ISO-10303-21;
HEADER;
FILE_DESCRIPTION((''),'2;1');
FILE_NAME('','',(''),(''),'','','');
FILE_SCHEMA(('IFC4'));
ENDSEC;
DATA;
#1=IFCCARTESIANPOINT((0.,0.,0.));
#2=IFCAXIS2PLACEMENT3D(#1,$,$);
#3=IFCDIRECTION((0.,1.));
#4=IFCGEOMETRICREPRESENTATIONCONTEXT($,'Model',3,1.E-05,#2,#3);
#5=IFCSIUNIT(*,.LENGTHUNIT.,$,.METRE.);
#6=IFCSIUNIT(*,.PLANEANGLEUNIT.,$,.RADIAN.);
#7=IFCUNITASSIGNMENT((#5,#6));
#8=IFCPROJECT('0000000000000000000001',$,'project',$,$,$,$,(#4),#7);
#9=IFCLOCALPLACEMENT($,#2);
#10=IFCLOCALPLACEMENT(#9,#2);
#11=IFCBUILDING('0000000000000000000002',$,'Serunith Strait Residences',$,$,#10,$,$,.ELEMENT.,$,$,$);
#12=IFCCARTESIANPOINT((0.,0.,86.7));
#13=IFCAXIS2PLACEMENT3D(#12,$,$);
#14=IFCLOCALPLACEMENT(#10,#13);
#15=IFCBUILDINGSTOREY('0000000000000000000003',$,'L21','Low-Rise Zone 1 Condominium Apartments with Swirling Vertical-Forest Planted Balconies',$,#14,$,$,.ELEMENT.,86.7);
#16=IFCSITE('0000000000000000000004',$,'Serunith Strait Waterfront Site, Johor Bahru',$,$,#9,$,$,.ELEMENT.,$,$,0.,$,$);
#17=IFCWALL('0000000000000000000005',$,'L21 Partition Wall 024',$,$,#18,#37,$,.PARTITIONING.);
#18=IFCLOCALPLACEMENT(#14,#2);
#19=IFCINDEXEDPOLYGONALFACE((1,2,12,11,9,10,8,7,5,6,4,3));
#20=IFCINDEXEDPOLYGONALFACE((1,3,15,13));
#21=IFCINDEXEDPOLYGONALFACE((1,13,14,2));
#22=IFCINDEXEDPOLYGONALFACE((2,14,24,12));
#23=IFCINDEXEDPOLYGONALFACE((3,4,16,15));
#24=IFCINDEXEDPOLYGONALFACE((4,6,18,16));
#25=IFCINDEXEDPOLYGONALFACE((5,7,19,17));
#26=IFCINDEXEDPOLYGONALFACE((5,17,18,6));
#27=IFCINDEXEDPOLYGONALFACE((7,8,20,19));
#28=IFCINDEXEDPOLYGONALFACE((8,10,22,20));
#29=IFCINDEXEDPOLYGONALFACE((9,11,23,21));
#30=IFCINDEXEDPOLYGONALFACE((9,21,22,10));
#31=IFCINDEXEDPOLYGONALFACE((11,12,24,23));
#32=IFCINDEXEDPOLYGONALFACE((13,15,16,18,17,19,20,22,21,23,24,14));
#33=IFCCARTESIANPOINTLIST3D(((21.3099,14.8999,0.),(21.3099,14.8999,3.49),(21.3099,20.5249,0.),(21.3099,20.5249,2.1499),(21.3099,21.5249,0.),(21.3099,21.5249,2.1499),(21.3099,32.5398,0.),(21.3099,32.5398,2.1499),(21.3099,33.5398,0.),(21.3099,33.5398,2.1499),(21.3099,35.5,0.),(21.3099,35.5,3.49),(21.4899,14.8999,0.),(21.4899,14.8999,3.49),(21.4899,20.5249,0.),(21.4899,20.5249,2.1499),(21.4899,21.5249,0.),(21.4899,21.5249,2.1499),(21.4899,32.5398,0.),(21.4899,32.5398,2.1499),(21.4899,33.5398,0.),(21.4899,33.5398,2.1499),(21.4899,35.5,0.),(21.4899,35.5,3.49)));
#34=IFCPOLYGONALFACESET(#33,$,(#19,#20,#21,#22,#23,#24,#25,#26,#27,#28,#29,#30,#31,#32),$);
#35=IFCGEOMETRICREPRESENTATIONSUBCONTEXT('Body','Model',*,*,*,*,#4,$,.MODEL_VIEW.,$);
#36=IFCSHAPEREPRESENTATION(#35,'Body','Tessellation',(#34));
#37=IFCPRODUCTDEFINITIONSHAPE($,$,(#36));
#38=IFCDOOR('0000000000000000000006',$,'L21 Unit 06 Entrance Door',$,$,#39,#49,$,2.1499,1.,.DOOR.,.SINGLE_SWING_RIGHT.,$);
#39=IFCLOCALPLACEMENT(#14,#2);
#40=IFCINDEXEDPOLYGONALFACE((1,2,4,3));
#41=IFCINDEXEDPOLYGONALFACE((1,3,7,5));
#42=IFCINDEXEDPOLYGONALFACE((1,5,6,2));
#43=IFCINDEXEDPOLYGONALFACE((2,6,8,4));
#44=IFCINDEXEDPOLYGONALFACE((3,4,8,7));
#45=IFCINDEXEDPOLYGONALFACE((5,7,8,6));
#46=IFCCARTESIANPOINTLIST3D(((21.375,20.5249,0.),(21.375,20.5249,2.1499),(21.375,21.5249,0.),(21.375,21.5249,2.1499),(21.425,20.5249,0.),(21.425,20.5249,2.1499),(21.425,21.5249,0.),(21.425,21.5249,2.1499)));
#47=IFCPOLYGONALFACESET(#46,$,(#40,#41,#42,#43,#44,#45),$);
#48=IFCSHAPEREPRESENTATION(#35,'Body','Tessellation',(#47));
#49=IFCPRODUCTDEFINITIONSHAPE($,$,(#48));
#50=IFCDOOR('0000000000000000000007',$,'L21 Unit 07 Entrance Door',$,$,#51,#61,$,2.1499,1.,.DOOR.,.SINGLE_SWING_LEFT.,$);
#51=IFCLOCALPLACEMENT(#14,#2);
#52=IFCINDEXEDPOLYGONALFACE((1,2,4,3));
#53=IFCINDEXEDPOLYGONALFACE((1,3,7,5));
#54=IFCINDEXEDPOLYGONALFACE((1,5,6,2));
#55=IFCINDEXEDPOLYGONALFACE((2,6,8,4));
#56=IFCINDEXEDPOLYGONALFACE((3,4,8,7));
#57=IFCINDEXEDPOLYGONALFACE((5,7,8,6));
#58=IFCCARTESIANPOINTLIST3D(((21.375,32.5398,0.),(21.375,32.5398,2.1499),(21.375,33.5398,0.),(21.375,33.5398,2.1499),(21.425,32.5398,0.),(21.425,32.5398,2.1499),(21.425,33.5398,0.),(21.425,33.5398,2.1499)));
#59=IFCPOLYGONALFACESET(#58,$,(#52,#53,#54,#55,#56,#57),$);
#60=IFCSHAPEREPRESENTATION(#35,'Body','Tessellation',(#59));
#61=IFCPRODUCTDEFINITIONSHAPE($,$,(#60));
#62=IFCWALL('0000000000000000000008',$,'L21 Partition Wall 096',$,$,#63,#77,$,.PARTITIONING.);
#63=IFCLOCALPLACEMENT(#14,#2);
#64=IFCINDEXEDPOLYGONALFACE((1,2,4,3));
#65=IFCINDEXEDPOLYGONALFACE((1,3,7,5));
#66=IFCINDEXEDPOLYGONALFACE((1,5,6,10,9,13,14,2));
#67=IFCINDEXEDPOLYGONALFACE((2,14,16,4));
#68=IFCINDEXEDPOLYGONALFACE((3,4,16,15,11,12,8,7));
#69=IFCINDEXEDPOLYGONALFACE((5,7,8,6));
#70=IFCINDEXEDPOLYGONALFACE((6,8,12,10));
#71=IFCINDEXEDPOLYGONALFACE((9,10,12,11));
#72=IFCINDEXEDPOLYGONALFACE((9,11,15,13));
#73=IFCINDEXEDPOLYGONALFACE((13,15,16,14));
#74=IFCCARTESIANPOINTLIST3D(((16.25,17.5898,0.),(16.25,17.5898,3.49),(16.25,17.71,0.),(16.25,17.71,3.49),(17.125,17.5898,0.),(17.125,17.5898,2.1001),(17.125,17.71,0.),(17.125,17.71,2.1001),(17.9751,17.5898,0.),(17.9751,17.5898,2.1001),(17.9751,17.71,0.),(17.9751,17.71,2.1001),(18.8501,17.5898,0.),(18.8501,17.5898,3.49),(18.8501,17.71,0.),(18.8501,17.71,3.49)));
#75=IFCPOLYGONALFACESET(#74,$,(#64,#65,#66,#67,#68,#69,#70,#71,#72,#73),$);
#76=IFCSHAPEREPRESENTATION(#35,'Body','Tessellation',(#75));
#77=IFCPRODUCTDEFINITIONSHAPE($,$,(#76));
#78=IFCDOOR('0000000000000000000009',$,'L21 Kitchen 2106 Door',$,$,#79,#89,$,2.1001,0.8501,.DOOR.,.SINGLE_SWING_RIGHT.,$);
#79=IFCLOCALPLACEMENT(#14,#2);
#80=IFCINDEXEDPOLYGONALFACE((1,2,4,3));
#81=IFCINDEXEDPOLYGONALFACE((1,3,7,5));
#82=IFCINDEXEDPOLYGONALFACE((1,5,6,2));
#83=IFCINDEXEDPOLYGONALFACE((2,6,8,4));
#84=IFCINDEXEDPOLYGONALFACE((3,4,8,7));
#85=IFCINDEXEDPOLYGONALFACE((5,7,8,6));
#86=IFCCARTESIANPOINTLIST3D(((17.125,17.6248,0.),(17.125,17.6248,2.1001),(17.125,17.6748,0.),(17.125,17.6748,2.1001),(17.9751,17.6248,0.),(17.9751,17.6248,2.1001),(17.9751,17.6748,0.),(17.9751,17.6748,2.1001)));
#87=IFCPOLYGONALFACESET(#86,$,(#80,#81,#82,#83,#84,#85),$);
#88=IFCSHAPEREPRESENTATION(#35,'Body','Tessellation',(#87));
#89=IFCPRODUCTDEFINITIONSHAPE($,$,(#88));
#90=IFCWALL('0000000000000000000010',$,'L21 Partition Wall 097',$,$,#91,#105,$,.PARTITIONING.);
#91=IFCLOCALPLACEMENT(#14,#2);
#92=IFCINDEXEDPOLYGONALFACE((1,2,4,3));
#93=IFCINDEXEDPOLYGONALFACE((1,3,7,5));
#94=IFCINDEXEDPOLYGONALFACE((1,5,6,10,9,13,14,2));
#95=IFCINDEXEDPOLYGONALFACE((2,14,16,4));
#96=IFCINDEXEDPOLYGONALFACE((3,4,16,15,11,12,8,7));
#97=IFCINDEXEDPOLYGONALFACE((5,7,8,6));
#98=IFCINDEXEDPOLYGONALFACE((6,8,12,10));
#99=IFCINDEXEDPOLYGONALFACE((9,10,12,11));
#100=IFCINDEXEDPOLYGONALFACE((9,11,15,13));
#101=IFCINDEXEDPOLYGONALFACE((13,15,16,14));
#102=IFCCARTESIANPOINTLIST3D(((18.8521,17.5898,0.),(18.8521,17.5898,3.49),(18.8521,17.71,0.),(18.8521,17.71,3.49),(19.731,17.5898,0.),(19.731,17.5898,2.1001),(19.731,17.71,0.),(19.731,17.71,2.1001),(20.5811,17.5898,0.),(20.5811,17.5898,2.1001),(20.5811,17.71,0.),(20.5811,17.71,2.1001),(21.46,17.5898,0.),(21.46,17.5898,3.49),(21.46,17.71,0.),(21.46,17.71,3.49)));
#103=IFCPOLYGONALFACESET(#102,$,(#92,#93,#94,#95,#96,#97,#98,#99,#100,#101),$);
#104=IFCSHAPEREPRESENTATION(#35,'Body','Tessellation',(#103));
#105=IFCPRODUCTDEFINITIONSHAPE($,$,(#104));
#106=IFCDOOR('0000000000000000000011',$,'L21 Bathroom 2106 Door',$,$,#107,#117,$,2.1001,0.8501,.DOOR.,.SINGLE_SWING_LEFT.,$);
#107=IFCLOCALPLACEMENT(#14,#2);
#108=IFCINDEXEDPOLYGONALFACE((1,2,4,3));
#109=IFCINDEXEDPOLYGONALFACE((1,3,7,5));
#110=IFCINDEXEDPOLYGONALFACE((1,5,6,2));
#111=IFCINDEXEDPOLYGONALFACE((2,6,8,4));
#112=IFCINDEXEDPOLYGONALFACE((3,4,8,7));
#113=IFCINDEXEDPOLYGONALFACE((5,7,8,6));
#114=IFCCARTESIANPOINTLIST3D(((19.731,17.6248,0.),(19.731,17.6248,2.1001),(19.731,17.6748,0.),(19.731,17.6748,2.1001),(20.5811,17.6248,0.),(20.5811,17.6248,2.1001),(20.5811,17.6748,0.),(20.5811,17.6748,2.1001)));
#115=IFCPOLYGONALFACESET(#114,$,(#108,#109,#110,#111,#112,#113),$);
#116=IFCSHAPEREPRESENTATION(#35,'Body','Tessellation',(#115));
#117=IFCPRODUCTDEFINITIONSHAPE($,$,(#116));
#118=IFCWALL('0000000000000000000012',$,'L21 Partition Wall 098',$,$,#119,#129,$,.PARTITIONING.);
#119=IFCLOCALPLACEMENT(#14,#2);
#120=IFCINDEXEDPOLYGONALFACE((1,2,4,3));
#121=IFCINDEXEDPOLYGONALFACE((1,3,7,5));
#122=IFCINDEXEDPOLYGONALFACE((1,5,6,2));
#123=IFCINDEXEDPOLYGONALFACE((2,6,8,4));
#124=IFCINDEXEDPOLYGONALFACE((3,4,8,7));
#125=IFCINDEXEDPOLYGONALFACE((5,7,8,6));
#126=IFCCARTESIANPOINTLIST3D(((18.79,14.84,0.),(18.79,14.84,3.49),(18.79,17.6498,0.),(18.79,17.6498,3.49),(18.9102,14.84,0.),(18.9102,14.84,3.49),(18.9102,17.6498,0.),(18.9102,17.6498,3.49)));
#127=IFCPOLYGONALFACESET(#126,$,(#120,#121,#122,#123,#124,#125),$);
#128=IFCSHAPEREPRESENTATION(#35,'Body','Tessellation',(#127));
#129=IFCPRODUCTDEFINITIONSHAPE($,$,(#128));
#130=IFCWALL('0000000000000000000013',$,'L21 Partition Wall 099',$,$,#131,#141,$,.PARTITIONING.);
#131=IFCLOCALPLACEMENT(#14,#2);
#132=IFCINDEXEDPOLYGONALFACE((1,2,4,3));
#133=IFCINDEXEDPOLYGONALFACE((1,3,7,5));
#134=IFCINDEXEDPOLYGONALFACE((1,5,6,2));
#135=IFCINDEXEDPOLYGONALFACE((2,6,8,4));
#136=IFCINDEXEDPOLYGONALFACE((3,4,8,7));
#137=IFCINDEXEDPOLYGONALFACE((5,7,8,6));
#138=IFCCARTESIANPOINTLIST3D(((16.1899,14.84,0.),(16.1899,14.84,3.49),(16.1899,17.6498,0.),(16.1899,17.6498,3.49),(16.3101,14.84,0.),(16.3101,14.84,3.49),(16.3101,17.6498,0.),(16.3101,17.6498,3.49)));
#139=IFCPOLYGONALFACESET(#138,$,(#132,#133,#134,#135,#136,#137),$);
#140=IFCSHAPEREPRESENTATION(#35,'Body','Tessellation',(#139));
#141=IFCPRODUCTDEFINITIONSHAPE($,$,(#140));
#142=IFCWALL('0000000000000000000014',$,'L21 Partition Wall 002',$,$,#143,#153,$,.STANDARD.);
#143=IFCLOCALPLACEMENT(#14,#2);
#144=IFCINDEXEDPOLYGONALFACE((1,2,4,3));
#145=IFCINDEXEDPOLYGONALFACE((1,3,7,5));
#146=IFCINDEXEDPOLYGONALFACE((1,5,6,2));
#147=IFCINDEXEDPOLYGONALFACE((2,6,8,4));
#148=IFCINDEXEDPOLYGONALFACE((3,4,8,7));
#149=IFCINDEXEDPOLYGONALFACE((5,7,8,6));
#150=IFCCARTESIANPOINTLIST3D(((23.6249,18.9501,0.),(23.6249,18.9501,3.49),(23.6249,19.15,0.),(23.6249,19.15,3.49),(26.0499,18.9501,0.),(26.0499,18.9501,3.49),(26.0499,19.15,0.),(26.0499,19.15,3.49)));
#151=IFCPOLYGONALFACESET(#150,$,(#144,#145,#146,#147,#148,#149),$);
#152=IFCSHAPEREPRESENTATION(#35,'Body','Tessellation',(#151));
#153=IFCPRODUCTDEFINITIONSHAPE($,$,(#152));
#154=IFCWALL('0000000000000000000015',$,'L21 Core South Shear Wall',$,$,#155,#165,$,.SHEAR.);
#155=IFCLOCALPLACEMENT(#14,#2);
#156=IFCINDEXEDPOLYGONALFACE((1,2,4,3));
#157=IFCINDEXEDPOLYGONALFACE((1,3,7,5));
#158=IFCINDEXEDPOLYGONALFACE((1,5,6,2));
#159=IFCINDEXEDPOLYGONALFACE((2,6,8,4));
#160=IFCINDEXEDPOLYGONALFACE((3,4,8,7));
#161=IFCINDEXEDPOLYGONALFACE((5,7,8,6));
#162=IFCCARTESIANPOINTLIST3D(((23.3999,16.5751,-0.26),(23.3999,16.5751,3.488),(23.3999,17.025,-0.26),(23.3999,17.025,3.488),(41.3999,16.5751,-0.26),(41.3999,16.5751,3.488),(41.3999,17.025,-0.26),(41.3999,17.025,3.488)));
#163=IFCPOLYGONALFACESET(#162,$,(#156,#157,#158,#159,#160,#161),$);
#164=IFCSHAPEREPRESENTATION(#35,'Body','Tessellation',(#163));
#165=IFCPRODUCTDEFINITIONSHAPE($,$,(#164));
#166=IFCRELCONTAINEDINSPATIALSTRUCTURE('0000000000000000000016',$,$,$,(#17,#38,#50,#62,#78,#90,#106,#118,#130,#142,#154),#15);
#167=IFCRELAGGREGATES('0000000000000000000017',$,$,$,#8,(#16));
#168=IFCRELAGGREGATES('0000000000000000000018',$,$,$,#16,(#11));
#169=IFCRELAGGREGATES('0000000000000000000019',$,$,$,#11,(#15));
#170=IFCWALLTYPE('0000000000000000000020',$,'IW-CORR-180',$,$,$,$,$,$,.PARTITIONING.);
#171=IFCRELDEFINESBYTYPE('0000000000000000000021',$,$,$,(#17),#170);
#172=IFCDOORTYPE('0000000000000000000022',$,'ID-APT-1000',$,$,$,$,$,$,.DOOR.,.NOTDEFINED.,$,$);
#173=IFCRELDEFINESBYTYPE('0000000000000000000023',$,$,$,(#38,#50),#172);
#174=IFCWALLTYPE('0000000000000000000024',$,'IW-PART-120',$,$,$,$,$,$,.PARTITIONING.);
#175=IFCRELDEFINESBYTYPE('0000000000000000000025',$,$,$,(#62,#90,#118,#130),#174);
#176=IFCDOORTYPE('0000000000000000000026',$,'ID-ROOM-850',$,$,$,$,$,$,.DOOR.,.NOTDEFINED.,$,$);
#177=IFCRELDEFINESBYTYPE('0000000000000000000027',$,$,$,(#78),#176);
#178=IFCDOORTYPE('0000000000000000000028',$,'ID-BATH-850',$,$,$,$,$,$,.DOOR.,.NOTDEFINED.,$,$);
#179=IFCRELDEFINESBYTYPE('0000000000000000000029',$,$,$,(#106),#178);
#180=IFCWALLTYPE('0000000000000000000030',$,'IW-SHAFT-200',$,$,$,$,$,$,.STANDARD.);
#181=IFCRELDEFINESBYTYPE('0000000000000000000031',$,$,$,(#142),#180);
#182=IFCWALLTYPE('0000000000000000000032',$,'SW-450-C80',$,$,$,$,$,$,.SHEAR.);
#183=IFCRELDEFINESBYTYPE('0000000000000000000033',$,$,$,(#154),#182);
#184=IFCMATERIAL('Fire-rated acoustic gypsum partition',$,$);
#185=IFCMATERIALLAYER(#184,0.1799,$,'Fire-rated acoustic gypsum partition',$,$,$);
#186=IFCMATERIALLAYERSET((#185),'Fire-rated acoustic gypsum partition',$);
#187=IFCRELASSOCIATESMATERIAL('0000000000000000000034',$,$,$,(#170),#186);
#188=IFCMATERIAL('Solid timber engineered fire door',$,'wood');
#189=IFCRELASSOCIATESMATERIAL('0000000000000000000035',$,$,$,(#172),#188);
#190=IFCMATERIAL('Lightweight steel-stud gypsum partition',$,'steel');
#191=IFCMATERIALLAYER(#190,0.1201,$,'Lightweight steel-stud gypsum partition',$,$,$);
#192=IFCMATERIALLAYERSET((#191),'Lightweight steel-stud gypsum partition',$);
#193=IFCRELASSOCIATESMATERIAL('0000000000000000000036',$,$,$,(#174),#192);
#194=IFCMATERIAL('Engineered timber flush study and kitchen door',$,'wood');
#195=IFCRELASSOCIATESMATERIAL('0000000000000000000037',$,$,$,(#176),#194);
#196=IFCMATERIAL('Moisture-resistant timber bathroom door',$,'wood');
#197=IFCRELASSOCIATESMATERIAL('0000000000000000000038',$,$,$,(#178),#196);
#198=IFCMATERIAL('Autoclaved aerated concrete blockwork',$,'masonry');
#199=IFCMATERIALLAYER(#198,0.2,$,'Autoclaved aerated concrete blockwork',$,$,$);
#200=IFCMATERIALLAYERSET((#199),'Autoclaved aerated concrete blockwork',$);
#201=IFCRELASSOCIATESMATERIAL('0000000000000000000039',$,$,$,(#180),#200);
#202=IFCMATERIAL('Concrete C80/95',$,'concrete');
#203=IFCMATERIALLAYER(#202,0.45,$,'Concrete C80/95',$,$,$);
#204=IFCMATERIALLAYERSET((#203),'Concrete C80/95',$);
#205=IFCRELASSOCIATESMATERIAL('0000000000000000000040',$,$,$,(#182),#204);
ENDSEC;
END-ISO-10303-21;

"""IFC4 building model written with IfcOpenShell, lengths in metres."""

from ifc_helpers import new_model, si_unit, direction, frame, frame_2d, origin, place, context, subcontext, project, spatial, rectangle, extrude, source, transform, mapped, material, layer, layer_set, type_object, element, fill, save


model = new_model("IFC4")

# Units and contexts
model_context = context("Model", 3, precision=1e-05, world=origin(), true_north=direction((0.0, 1.0)))
body_context = subcontext(model_context, "Body", "Model", "MODEL_VIEW")
ifc_project = project(units=[si_unit("LENGTHUNIT", "METRE"), si_unit("PLANEANGLEUNIT", "RADIAN")], contexts=[model_context])

# Site, building, storey
site_placement = place(None, origin())
site = spatial("IfcSite", under=ifc_project, at=site_placement, Name="Serunith Strait Waterfront Site, Johor Bahru", CompositionType="ELEMENT", RefElevation=0.0)
building_placement = place(site_placement, origin())
building = spatial("IfcBuilding", under=site, at=building_placement, Name="Serunith Strait Residences", CompositionType="ELEMENT")
storey_placement = place(building_placement, frame((0.0, 0.0, 86.7)))
storey = spatial("IfcBuildingStorey", under=building, at=storey_placement, Name="L21", Description="Low-Rise Zone 1 Condominium Apartments with Swirling Vertical-Forest Planted Balconies", CompositionType="ELEMENT", Elevation=86.7)

# Wall, openings, doors
ifc_material_1 = material(Name="Fire-rated acoustic gypsum partition")
ifc_layer_1 = layer(ifc_material_1, 0.1799, Name="Fire-rated acoustic gypsum partition")
ifc_layer_set_1 = layer_set([ifc_layer_1], Name="Fire-rated acoustic gypsum partition")
wall_type_1 = type_object("IfcWallType", Name="IW-CORR-180", PredefinedType="PARTITIONING", material=ifc_layer_set_1)
ifc_material_2 = material(Name="Solid timber engineered fire door", Category="wood")
door_type_1 = type_object("IfcDoorType", Name="ID-APT-1000", OperationType="NOTDEFINED", PredefinedType="DOOR", material=ifc_material_2)
shared_shape_1 = source(origin(), body_context, "Body", "SweptSolid", [
    extrude(rectangle(XDim=1.0, YDim=2.1499, at=frame_2d((0.5, 1.075))), frame((0.0, 0.0249, 0.0), z_axis=(0.0, -1.0, 0.0), x_axis=(1.0, 0.0, 0.0)), (0.0, 0.0, 1.0), 0.05),
])
wall_1_placement = place(storey_placement, frame((21.3999, 14.8999, 0.0), z_axis=(0.0, 0.0, 1.0), x_axis=(0.0, 1.0, 0.0)))
wall_1 = element("IfcWall", 1, at=wall_1_placement, inside=storey, type_object=wall_type_1, Name="L21 Partition Wall 024", PredefinedType="PARTITIONING", context=body_context, shape_type="SweptSolid", body=[
    extrude(rectangle(XDim=20.6001, YDim=0.1799, at=frame_2d((10.3, 0.0))), origin(), (0.0, 0.0, 1.0), 3.49),
])
opening_1_placement = place(wall_1_placement, frame((5.625, 0.0, 0.0)))
opening_1 = element("IfcOpeningElement", 2, at=opening_1_placement, cuts=wall_1, PredefinedType="OPENING", context=body_context, shape_type="SweptSolid", body=[
    extrude(rectangle(XDim=1.0, YDim=2.1499, at=frame_2d((0.5, 1.075))), frame((0.0, 0.1001, 0.0), z_axis=(0.0, -1.0, 0.0), x_axis=(1.0, 0.0, 0.0)), (0.0, 0.0, 1.0), 0.2),
])
opening_2_placement = place(wall_1_placement, frame((17.6399, 0.0, 0.0)))
opening_2 = element("IfcOpeningElement", 3, at=opening_2_placement, cuts=wall_1, PredefinedType="OPENING", context=body_context, shape_type="SweptSolid", body=[
    extrude(rectangle(XDim=1.0, YDim=2.1499, at=frame_2d((0.5, 1.075))), frame((0.0, 0.1001, 0.0), z_axis=(0.0, -1.0, 0.0), x_axis=(1.0, 0.0, 0.0)), (0.0, 0.0, 1.0), 0.2),
])
door_1_placement = place(opening_1_placement, origin())
door_1 = element("IfcDoor", 4, at=door_1_placement, inside=storey, type_object=door_type_1, Name="L21 Unit 06 Entrance Door", OperationType="SINGLE_SWING_RIGHT", OverallHeight=2.1499, OverallWidth=1.0, PredefinedType="DOOR", context=body_context, shape_type="MappedRepresentation", body=[
    mapped(shared_shape_1, transform((0.0, 0.0, 0.0), scale=1.0)),
])
fill(opening_1, door_1)
door_2_placement = place(opening_2_placement, origin())
door_2 = element("IfcDoor", 5, at=door_2_placement, inside=storey, type_object=door_type_1, Name="L21 Unit 07 Entrance Door", OperationType="SINGLE_SWING_LEFT", OverallHeight=2.1499, OverallWidth=1.0, PredefinedType="DOOR", context=body_context, shape_type="MappedRepresentation", body=[
    mapped(shared_shape_1, transform((0.0, 0.0, 0.0), scale=1.0)),
])
fill(opening_2, door_2)

# Walls, openings, doors
ifc_material_3 = material(Name="Lightweight steel-stud gypsum partition", Category="steel")
ifc_layer_2 = layer(ifc_material_3, 0.1201, Name="Lightweight steel-stud gypsum partition")
ifc_layer_set_2 = layer_set([ifc_layer_2], Name="Lightweight steel-stud gypsum partition")
wall_type_2 = type_object("IfcWallType", Name="IW-PART-120", PredefinedType="PARTITIONING", material=ifc_layer_set_2)
wall_2_placement = place(storey_placement, frame((16.25, 17.6499, 0.0), z_axis=(0.0, 0.0, 1.0), x_axis=(1.0, 0.0, 0.0)))
wall_2 = element("IfcWall", 6, at=wall_2_placement, inside=storey, type_object=wall_type_2, Name="L21 Partition Wall 096", PredefinedType="PARTITIONING", context=body_context, shape_type="SweptSolid", body=[
    extrude(rectangle(XDim=2.6001, YDim=0.1201, at=frame_2d((1.3, 0.0))), origin(), (0.0, 0.0, 1.0), 3.49),
])
opening_3_placement = place(wall_2_placement, frame((0.875, 0.0, 0.0)))
opening_3 = element("IfcOpeningElement", 7, at=opening_3_placement, cuts=wall_2, PredefinedType="OPENING", context=body_context, shape_type="SweptSolid", body=[
    extrude(rectangle(XDim=0.8501, YDim=2.1001, at=frame_2d((0.425, 1.05))), frame((0.0, 0.0701, 0.0), z_axis=(0.0, -1.0, 0.0), x_axis=(1.0, 0.0, 0.0)), (0.0, 0.0, 1.0), 0.1401),
])
ifc_material_4 = material(Name="Engineered timber flush study and kitchen door", Category="wood")
door_type_2 = type_object("IfcDoorType", Name="ID-ROOM-850", OperationType="NOTDEFINED", PredefinedType="DOOR", material=ifc_material_4)
shared_shape_2 = source(origin(), body_context, "Body", "SweptSolid", [
    extrude(rectangle(XDim=0.8501, YDim=2.1001, at=frame_2d((0.425, 1.05))), frame((0.0, 0.0249, 0.0), z_axis=(0.0, -1.0, 0.0), x_axis=(1.0, 0.0, 0.0)), (0.0, 0.0, 1.0), 0.05),
])
door_3_placement = place(opening_3_placement, origin())
door_3 = element("IfcDoor", 8, at=door_3_placement, inside=storey, type_object=door_type_2, Name="L21 Kitchen 2106 Door", OperationType="SINGLE_SWING_RIGHT", OverallHeight=2.1001, OverallWidth=0.8501, PredefinedType="DOOR", context=body_context, shape_type="MappedRepresentation", body=[
    mapped(shared_shape_2, transform((0.0, 0.0, 0.0), scale=1.0)),
])
fill(opening_3, door_3)
wall_3_placement = place(storey_placement, frame((18.8521, 17.6499, 0.0), z_axis=(0.0, 0.0, 1.0), x_axis=(1.0, 0.0, 0.0)))
wall_3 = element("IfcWall", 9, at=wall_3_placement, inside=storey, type_object=wall_type_2, Name="L21 Partition Wall 097", PredefinedType="PARTITIONING", context=body_context, shape_type="SweptSolid", body=[
    extrude(rectangle(XDim=2.6079, YDim=0.1201, at=frame_2d((1.304, 0.0))), origin(), (0.0, 0.0, 1.0), 3.49),
])
opening_4_placement = place(wall_3_placement, frame((0.8789, 0.0, 0.0)))
opening_4 = element("IfcOpeningElement", 10, at=opening_4_placement, cuts=wall_3, PredefinedType="OPENING", context=body_context, shape_type="SweptSolid", body=[
    extrude(rectangle(XDim=0.8501, YDim=2.1001, at=frame_2d((0.425, 1.05))), frame((0.0, 0.0701, 0.0), z_axis=(0.0, -1.0, 0.0), x_axis=(1.0, 0.0, 0.0)), (0.0, 0.0, 1.0), 0.1401),
])
ifc_material_5 = material(Name="Moisture-resistant timber bathroom door", Category="wood")
door_type_3 = type_object("IfcDoorType", Name="ID-BATH-850", OperationType="NOTDEFINED", PredefinedType="DOOR", material=ifc_material_5)
door_4_placement = place(opening_4_placement, origin())
door_4 = element("IfcDoor", 11, at=door_4_placement, inside=storey, type_object=door_type_3, Name="L21 Bathroom 2106 Door", OperationType="SINGLE_SWING_LEFT", OverallHeight=2.1001, OverallWidth=0.8501, PredefinedType="DOOR", context=body_context, shape_type="MappedRepresentation", body=[
    mapped(shared_shape_2, transform((0.0, 0.0, 0.0), scale=1.0)),
])
fill(opening_4, door_4)

# Walls
for number, where, z_axis, x_axis, name in (
    (12, (18.8501, 14.8401, 0.0), (0.0, 0.0, 1.0), (0.0, 1.0, 0.0), "L21 Partition Wall 098"),
    (13, (16.25, 14.8401, 0.0), (0.0, 0.0, 1.0), (0.0, 1.0, 0.0), "L21 Partition Wall 099"),
):
    element("IfcWall", number, at=place(storey_placement, frame(where, z_axis=z_axis, x_axis=x_axis)), inside=storey, type_object=wall_type_2, Name=name, PredefinedType="PARTITIONING", context=body_context, shape_type="SweptSolid", body=[
        extrude(rectangle(XDim=2.8098, YDim=0.1201, at=frame_2d((1.4048, 0.0))), origin(), (0.0, 0.0, 1.0), 3.49),
    ])
ifc_material_6 = material(Name="Autoclaved aerated concrete blockwork", Category="masonry")
ifc_layer_3 = layer(ifc_material_6, 0.2, Name="Autoclaved aerated concrete blockwork")
ifc_layer_set_3 = layer_set([ifc_layer_3], Name="Autoclaved aerated concrete blockwork")
wall_type_3 = type_object("IfcWallType", Name="IW-SHAFT-200", PredefinedType="STANDARD", material=ifc_layer_set_3)
wall_4_placement = place(storey_placement, frame((23.625, 19.05, 0.0), z_axis=(0.0, 0.0, 1.0), x_axis=(1.0, 0.0, 0.0)))
element("IfcWall", 14, at=wall_4_placement, inside=storey, type_object=wall_type_3, Name="L21 Partition Wall 002", PredefinedType="STANDARD", context=body_context, shape_type="SweptSolid", body=[
    extrude(rectangle(XDim=2.425, YDim=0.2, at=frame_2d((1.2124, 0.0))), origin(), (0.0, 0.0, 1.0), 3.49),
])

# Wall
ifc_material_7 = material(Name="Concrete C80/95", Category="concrete")
ifc_layer_4 = layer(ifc_material_7, 0.45, Name="Concrete C80/95")
ifc_layer_set_4 = layer_set([ifc_layer_4], Name="Concrete C80/95")
wall_type_4 = type_object("IfcWallType", Name="SW-450-C80", PredefinedType="SHEAR", material=ifc_layer_set_4)
wall_5_placement = place(storey_placement, frame((23.3999, 16.8, -0.26), z_axis=(0.0, 0.0, 1.0), x_axis=(1.0, 0.0, 0.0)))
element("IfcWall", 15, at=wall_5_placement, inside=storey, type_object=wall_type_4, Name="L21 Core South Shear Wall", PredefinedType="SHEAR", context=body_context, shape_type="SweptSolid", body=[
    extrude(rectangle(XDim=18.0, YDim=0.45, at=frame_2d((9.0, 0.0))), origin(), (0.0, 0.0, 1.0), 3.748),
])

save(model, "model.ifc")
